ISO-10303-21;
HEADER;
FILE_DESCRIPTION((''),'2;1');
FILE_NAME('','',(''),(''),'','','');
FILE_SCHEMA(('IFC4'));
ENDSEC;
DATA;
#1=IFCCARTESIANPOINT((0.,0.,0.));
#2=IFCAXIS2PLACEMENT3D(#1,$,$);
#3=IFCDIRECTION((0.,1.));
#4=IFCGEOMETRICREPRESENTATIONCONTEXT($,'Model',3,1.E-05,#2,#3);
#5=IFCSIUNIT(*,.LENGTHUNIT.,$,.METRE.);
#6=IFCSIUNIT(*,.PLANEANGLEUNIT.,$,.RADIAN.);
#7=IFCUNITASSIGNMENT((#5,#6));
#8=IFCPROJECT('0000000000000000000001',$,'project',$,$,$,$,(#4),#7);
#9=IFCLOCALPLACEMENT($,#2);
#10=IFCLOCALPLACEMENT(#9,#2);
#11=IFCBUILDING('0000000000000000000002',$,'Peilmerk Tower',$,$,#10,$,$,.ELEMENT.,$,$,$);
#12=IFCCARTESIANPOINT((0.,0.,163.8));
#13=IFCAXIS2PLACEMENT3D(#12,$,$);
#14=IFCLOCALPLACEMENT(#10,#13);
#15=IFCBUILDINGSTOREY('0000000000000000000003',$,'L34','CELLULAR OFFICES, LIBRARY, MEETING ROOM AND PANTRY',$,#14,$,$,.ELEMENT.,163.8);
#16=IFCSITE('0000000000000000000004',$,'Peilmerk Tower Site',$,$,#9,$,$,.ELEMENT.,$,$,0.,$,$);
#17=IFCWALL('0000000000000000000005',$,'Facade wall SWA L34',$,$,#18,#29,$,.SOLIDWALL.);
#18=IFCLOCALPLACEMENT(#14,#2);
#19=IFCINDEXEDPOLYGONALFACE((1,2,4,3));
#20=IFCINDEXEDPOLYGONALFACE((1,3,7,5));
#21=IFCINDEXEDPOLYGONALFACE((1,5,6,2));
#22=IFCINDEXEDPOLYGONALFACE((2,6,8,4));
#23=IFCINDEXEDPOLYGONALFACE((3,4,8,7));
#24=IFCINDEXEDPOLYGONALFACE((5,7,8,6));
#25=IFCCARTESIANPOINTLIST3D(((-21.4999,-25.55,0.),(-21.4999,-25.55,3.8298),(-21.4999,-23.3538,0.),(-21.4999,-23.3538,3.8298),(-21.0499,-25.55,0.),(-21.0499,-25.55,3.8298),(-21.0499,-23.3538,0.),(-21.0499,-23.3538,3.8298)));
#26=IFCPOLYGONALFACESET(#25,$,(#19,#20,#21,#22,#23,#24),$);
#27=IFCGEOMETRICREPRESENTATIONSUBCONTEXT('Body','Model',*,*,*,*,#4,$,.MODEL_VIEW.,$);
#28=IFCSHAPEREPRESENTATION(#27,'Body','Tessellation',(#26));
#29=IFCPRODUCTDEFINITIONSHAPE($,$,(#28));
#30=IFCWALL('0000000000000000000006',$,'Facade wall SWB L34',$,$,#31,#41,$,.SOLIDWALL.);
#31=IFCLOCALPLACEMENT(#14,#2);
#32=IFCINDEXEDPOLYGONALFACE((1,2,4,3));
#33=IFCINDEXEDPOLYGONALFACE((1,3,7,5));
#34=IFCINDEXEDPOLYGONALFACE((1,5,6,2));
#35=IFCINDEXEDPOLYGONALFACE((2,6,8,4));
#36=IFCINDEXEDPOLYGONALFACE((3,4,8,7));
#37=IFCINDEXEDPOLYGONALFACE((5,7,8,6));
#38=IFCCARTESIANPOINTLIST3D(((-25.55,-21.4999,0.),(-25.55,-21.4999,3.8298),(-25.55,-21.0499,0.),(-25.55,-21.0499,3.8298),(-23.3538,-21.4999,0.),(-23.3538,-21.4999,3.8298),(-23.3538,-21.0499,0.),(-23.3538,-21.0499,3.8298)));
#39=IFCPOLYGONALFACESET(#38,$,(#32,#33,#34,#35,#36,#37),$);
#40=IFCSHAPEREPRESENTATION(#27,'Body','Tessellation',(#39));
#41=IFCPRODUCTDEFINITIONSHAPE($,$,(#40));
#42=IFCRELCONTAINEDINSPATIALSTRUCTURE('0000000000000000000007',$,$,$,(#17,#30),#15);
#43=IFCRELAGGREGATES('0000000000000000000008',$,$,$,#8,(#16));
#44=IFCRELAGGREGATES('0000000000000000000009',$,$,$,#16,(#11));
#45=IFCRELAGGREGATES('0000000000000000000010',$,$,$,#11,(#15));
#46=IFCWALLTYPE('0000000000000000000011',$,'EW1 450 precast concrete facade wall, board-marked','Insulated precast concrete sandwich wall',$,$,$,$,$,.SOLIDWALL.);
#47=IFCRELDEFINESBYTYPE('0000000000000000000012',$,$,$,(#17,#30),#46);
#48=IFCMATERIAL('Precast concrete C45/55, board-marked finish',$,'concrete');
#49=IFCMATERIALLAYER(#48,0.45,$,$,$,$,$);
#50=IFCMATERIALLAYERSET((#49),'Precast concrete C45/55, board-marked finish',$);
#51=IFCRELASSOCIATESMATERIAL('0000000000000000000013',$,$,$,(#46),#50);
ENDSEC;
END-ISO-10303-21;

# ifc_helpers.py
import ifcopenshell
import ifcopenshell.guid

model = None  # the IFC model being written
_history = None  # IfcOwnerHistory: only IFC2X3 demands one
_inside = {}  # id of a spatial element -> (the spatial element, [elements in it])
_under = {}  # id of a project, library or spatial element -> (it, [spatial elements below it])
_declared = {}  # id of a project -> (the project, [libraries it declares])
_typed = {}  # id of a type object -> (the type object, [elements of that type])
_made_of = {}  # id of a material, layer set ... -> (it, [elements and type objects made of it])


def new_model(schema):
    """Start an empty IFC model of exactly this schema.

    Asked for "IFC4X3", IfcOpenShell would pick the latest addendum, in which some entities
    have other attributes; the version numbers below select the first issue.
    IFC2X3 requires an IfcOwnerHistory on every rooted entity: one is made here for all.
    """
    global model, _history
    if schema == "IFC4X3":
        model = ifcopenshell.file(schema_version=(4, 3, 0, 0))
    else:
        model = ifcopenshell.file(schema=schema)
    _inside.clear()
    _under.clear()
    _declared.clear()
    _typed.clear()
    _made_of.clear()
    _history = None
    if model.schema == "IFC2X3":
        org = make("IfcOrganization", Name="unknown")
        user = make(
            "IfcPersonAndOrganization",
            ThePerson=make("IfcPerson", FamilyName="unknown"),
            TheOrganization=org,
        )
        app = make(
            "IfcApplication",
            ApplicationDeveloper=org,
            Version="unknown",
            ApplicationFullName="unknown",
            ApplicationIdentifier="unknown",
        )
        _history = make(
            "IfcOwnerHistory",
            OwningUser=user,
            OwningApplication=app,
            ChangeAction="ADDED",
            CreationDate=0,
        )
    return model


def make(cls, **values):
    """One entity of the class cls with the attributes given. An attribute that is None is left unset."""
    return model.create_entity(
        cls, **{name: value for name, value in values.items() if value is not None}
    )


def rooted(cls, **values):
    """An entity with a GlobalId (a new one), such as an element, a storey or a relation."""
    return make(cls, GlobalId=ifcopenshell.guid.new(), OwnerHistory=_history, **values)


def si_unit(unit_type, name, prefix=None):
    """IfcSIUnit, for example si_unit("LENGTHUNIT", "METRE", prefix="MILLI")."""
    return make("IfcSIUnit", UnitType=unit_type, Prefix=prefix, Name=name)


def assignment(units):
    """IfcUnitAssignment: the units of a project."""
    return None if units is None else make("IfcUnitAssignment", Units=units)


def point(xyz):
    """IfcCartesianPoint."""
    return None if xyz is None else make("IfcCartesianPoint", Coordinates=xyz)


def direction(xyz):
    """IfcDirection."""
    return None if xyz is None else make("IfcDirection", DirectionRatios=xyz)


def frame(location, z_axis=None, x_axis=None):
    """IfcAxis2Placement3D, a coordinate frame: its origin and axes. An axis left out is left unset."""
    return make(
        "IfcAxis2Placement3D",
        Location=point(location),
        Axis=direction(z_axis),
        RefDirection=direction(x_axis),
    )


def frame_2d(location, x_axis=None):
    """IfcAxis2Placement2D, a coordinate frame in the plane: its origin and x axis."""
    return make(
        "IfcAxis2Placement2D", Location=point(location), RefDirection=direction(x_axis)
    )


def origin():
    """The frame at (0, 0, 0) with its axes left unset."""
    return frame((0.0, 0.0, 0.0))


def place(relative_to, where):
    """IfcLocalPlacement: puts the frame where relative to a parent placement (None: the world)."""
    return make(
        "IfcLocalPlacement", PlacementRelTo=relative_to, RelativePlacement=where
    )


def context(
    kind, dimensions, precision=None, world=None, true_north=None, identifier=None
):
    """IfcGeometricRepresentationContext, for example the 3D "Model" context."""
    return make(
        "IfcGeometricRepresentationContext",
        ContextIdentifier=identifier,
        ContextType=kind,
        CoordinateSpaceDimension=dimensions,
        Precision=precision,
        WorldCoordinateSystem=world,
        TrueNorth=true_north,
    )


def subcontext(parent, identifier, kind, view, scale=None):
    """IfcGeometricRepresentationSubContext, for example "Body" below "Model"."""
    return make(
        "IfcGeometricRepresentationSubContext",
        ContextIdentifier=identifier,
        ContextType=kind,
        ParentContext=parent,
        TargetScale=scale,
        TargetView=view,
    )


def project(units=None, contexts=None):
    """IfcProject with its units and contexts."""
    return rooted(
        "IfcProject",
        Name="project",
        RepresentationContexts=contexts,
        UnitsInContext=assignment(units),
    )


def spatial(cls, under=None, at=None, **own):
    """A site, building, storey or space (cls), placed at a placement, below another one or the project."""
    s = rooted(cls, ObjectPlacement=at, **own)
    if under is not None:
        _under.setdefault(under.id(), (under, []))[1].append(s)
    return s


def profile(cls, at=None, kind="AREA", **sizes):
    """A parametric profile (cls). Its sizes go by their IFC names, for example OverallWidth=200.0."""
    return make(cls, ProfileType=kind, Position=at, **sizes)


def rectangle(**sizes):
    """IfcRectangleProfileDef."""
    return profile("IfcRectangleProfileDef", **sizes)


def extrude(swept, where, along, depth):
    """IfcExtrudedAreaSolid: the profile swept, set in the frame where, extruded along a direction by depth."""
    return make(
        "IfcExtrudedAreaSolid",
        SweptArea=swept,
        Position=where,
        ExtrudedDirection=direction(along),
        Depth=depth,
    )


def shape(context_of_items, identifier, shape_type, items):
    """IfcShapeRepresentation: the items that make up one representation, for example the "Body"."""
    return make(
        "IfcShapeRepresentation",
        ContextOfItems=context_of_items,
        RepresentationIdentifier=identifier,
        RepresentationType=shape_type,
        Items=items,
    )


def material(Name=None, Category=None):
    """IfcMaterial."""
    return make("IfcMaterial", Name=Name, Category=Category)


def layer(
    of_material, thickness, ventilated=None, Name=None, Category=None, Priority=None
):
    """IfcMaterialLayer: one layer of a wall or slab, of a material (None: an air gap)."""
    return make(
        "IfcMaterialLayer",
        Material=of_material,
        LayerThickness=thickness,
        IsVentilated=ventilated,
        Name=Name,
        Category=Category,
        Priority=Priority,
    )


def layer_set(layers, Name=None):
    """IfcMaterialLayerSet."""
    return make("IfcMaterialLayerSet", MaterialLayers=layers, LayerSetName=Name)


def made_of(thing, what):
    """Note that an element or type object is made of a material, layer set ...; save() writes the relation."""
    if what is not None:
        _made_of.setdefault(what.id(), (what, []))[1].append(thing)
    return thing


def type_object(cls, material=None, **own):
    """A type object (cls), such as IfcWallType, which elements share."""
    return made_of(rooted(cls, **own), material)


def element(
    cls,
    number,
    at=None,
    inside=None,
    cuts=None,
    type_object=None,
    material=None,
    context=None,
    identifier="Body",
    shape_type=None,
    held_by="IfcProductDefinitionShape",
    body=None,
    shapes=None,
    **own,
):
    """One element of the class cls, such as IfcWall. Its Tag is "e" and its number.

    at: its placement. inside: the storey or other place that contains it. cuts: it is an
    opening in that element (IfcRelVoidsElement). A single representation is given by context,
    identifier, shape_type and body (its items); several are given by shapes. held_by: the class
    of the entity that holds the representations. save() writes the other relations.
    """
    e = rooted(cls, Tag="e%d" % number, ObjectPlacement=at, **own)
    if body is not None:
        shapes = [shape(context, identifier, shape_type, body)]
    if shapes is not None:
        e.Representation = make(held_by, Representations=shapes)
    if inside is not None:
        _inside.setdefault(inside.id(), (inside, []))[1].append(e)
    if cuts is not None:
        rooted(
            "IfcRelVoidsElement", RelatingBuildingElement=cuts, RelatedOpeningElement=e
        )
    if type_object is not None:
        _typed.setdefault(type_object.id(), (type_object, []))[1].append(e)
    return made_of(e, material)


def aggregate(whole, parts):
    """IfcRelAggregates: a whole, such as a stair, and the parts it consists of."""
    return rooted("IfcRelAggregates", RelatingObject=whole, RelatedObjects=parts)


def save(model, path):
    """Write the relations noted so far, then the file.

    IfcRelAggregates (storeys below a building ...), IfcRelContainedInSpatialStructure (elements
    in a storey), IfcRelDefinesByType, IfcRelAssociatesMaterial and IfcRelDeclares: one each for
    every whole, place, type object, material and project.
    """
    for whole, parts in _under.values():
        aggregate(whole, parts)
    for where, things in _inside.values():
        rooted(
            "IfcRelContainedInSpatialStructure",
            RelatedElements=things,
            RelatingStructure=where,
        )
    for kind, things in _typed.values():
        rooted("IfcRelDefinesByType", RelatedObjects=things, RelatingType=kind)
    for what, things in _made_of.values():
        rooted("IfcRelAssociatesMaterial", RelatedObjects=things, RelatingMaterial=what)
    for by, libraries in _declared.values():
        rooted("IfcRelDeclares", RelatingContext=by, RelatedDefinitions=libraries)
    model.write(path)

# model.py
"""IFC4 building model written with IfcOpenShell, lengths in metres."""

from ifc_helpers import new_model, si_unit, direction, frame, frame_2d, origin, place, context, subcontext, project, spatial, rectangle, extrude, material, layer, layer_set, type_object, element, save


model = new_model("IFC4")

# Units and contexts
model_context = context("Model", 3, precision=1e-05, world=origin(), true_north=direction((0.0, 1.0)))
body_context = subcontext(model_context, "Body", "Model", "MODEL_VIEW")
ifc_project = project(units=[si_unit("LENGTHUNIT", "METRE"), si_unit("PLANEANGLEUNIT", "RADIAN")], contexts=[model_context])

# Site, building, storey
site_placement = place(None, origin())
site = spatial("IfcSite", under=ifc_project, at=site_placement, Name="Peilmerk Tower Site", CompositionType="ELEMENT", RefElevation=0.0)
building_placement = place(site_placement, origin())
building = spatial("IfcBuilding", under=site, at=building_placement, Name="Peilmerk Tower", CompositionType="ELEMENT")
storey_placement = place(building_placement, frame((0.0, 0.0, 163.8)))
storey = spatial("IfcBuildingStorey", under=building, at=storey_placement, Name="L34", Description="CELLULAR OFFICES, LIBRARY, MEETING ROOM AND PANTRY", CompositionType="ELEMENT", Elevation=163.8)

# Shared definitions
ifc_material_1 = material(Name="Precast concrete C45/55, board-marked finish", Category="concrete")
ifc_layer_1 = layer(ifc_material_1, 0.45)
ifc_layer_set_1 = layer_set([ifc_layer_1], Name="Precast concrete C45/55, board-marked finish")
wall_type = type_object("IfcWallType", Name="EW1 450 precast concrete facade wall, board-marked", Description="Insulated precast concrete sandwich wall", PredefinedType="SOLIDWALL", material=ifc_layer_set_1)

# Walls
for number, where, z_axis, x_axis, name in (
    (1, (-21.2749, -23.3538, 0.0), (0.0, 0.0, 1.0), (0.0, -1.0, 0.0), "Facade wall SWA L34"),
    (2, (-23.3538, -21.2749, 0.0), (0.0, 0.0, 1.0), (-1.0, 0.0, 0.0), "Facade wall SWB L34"),
):
    element("IfcWall", number, at=place(storey_placement, frame(where, z_axis=z_axis, x_axis=x_axis)), inside=storey, type_object=wall_type, Name=name, PredefinedType="SOLIDWALL", context=body_context, shape_type="SweptSolid", body=[
        extrude(rectangle(XDim=2.1963, YDim=0.45, at=frame_2d((1.0981, 0.0))), origin(), (0.0, 0.0, 1.0), 3.8298),
    ])

save(model, "model.ifc")
